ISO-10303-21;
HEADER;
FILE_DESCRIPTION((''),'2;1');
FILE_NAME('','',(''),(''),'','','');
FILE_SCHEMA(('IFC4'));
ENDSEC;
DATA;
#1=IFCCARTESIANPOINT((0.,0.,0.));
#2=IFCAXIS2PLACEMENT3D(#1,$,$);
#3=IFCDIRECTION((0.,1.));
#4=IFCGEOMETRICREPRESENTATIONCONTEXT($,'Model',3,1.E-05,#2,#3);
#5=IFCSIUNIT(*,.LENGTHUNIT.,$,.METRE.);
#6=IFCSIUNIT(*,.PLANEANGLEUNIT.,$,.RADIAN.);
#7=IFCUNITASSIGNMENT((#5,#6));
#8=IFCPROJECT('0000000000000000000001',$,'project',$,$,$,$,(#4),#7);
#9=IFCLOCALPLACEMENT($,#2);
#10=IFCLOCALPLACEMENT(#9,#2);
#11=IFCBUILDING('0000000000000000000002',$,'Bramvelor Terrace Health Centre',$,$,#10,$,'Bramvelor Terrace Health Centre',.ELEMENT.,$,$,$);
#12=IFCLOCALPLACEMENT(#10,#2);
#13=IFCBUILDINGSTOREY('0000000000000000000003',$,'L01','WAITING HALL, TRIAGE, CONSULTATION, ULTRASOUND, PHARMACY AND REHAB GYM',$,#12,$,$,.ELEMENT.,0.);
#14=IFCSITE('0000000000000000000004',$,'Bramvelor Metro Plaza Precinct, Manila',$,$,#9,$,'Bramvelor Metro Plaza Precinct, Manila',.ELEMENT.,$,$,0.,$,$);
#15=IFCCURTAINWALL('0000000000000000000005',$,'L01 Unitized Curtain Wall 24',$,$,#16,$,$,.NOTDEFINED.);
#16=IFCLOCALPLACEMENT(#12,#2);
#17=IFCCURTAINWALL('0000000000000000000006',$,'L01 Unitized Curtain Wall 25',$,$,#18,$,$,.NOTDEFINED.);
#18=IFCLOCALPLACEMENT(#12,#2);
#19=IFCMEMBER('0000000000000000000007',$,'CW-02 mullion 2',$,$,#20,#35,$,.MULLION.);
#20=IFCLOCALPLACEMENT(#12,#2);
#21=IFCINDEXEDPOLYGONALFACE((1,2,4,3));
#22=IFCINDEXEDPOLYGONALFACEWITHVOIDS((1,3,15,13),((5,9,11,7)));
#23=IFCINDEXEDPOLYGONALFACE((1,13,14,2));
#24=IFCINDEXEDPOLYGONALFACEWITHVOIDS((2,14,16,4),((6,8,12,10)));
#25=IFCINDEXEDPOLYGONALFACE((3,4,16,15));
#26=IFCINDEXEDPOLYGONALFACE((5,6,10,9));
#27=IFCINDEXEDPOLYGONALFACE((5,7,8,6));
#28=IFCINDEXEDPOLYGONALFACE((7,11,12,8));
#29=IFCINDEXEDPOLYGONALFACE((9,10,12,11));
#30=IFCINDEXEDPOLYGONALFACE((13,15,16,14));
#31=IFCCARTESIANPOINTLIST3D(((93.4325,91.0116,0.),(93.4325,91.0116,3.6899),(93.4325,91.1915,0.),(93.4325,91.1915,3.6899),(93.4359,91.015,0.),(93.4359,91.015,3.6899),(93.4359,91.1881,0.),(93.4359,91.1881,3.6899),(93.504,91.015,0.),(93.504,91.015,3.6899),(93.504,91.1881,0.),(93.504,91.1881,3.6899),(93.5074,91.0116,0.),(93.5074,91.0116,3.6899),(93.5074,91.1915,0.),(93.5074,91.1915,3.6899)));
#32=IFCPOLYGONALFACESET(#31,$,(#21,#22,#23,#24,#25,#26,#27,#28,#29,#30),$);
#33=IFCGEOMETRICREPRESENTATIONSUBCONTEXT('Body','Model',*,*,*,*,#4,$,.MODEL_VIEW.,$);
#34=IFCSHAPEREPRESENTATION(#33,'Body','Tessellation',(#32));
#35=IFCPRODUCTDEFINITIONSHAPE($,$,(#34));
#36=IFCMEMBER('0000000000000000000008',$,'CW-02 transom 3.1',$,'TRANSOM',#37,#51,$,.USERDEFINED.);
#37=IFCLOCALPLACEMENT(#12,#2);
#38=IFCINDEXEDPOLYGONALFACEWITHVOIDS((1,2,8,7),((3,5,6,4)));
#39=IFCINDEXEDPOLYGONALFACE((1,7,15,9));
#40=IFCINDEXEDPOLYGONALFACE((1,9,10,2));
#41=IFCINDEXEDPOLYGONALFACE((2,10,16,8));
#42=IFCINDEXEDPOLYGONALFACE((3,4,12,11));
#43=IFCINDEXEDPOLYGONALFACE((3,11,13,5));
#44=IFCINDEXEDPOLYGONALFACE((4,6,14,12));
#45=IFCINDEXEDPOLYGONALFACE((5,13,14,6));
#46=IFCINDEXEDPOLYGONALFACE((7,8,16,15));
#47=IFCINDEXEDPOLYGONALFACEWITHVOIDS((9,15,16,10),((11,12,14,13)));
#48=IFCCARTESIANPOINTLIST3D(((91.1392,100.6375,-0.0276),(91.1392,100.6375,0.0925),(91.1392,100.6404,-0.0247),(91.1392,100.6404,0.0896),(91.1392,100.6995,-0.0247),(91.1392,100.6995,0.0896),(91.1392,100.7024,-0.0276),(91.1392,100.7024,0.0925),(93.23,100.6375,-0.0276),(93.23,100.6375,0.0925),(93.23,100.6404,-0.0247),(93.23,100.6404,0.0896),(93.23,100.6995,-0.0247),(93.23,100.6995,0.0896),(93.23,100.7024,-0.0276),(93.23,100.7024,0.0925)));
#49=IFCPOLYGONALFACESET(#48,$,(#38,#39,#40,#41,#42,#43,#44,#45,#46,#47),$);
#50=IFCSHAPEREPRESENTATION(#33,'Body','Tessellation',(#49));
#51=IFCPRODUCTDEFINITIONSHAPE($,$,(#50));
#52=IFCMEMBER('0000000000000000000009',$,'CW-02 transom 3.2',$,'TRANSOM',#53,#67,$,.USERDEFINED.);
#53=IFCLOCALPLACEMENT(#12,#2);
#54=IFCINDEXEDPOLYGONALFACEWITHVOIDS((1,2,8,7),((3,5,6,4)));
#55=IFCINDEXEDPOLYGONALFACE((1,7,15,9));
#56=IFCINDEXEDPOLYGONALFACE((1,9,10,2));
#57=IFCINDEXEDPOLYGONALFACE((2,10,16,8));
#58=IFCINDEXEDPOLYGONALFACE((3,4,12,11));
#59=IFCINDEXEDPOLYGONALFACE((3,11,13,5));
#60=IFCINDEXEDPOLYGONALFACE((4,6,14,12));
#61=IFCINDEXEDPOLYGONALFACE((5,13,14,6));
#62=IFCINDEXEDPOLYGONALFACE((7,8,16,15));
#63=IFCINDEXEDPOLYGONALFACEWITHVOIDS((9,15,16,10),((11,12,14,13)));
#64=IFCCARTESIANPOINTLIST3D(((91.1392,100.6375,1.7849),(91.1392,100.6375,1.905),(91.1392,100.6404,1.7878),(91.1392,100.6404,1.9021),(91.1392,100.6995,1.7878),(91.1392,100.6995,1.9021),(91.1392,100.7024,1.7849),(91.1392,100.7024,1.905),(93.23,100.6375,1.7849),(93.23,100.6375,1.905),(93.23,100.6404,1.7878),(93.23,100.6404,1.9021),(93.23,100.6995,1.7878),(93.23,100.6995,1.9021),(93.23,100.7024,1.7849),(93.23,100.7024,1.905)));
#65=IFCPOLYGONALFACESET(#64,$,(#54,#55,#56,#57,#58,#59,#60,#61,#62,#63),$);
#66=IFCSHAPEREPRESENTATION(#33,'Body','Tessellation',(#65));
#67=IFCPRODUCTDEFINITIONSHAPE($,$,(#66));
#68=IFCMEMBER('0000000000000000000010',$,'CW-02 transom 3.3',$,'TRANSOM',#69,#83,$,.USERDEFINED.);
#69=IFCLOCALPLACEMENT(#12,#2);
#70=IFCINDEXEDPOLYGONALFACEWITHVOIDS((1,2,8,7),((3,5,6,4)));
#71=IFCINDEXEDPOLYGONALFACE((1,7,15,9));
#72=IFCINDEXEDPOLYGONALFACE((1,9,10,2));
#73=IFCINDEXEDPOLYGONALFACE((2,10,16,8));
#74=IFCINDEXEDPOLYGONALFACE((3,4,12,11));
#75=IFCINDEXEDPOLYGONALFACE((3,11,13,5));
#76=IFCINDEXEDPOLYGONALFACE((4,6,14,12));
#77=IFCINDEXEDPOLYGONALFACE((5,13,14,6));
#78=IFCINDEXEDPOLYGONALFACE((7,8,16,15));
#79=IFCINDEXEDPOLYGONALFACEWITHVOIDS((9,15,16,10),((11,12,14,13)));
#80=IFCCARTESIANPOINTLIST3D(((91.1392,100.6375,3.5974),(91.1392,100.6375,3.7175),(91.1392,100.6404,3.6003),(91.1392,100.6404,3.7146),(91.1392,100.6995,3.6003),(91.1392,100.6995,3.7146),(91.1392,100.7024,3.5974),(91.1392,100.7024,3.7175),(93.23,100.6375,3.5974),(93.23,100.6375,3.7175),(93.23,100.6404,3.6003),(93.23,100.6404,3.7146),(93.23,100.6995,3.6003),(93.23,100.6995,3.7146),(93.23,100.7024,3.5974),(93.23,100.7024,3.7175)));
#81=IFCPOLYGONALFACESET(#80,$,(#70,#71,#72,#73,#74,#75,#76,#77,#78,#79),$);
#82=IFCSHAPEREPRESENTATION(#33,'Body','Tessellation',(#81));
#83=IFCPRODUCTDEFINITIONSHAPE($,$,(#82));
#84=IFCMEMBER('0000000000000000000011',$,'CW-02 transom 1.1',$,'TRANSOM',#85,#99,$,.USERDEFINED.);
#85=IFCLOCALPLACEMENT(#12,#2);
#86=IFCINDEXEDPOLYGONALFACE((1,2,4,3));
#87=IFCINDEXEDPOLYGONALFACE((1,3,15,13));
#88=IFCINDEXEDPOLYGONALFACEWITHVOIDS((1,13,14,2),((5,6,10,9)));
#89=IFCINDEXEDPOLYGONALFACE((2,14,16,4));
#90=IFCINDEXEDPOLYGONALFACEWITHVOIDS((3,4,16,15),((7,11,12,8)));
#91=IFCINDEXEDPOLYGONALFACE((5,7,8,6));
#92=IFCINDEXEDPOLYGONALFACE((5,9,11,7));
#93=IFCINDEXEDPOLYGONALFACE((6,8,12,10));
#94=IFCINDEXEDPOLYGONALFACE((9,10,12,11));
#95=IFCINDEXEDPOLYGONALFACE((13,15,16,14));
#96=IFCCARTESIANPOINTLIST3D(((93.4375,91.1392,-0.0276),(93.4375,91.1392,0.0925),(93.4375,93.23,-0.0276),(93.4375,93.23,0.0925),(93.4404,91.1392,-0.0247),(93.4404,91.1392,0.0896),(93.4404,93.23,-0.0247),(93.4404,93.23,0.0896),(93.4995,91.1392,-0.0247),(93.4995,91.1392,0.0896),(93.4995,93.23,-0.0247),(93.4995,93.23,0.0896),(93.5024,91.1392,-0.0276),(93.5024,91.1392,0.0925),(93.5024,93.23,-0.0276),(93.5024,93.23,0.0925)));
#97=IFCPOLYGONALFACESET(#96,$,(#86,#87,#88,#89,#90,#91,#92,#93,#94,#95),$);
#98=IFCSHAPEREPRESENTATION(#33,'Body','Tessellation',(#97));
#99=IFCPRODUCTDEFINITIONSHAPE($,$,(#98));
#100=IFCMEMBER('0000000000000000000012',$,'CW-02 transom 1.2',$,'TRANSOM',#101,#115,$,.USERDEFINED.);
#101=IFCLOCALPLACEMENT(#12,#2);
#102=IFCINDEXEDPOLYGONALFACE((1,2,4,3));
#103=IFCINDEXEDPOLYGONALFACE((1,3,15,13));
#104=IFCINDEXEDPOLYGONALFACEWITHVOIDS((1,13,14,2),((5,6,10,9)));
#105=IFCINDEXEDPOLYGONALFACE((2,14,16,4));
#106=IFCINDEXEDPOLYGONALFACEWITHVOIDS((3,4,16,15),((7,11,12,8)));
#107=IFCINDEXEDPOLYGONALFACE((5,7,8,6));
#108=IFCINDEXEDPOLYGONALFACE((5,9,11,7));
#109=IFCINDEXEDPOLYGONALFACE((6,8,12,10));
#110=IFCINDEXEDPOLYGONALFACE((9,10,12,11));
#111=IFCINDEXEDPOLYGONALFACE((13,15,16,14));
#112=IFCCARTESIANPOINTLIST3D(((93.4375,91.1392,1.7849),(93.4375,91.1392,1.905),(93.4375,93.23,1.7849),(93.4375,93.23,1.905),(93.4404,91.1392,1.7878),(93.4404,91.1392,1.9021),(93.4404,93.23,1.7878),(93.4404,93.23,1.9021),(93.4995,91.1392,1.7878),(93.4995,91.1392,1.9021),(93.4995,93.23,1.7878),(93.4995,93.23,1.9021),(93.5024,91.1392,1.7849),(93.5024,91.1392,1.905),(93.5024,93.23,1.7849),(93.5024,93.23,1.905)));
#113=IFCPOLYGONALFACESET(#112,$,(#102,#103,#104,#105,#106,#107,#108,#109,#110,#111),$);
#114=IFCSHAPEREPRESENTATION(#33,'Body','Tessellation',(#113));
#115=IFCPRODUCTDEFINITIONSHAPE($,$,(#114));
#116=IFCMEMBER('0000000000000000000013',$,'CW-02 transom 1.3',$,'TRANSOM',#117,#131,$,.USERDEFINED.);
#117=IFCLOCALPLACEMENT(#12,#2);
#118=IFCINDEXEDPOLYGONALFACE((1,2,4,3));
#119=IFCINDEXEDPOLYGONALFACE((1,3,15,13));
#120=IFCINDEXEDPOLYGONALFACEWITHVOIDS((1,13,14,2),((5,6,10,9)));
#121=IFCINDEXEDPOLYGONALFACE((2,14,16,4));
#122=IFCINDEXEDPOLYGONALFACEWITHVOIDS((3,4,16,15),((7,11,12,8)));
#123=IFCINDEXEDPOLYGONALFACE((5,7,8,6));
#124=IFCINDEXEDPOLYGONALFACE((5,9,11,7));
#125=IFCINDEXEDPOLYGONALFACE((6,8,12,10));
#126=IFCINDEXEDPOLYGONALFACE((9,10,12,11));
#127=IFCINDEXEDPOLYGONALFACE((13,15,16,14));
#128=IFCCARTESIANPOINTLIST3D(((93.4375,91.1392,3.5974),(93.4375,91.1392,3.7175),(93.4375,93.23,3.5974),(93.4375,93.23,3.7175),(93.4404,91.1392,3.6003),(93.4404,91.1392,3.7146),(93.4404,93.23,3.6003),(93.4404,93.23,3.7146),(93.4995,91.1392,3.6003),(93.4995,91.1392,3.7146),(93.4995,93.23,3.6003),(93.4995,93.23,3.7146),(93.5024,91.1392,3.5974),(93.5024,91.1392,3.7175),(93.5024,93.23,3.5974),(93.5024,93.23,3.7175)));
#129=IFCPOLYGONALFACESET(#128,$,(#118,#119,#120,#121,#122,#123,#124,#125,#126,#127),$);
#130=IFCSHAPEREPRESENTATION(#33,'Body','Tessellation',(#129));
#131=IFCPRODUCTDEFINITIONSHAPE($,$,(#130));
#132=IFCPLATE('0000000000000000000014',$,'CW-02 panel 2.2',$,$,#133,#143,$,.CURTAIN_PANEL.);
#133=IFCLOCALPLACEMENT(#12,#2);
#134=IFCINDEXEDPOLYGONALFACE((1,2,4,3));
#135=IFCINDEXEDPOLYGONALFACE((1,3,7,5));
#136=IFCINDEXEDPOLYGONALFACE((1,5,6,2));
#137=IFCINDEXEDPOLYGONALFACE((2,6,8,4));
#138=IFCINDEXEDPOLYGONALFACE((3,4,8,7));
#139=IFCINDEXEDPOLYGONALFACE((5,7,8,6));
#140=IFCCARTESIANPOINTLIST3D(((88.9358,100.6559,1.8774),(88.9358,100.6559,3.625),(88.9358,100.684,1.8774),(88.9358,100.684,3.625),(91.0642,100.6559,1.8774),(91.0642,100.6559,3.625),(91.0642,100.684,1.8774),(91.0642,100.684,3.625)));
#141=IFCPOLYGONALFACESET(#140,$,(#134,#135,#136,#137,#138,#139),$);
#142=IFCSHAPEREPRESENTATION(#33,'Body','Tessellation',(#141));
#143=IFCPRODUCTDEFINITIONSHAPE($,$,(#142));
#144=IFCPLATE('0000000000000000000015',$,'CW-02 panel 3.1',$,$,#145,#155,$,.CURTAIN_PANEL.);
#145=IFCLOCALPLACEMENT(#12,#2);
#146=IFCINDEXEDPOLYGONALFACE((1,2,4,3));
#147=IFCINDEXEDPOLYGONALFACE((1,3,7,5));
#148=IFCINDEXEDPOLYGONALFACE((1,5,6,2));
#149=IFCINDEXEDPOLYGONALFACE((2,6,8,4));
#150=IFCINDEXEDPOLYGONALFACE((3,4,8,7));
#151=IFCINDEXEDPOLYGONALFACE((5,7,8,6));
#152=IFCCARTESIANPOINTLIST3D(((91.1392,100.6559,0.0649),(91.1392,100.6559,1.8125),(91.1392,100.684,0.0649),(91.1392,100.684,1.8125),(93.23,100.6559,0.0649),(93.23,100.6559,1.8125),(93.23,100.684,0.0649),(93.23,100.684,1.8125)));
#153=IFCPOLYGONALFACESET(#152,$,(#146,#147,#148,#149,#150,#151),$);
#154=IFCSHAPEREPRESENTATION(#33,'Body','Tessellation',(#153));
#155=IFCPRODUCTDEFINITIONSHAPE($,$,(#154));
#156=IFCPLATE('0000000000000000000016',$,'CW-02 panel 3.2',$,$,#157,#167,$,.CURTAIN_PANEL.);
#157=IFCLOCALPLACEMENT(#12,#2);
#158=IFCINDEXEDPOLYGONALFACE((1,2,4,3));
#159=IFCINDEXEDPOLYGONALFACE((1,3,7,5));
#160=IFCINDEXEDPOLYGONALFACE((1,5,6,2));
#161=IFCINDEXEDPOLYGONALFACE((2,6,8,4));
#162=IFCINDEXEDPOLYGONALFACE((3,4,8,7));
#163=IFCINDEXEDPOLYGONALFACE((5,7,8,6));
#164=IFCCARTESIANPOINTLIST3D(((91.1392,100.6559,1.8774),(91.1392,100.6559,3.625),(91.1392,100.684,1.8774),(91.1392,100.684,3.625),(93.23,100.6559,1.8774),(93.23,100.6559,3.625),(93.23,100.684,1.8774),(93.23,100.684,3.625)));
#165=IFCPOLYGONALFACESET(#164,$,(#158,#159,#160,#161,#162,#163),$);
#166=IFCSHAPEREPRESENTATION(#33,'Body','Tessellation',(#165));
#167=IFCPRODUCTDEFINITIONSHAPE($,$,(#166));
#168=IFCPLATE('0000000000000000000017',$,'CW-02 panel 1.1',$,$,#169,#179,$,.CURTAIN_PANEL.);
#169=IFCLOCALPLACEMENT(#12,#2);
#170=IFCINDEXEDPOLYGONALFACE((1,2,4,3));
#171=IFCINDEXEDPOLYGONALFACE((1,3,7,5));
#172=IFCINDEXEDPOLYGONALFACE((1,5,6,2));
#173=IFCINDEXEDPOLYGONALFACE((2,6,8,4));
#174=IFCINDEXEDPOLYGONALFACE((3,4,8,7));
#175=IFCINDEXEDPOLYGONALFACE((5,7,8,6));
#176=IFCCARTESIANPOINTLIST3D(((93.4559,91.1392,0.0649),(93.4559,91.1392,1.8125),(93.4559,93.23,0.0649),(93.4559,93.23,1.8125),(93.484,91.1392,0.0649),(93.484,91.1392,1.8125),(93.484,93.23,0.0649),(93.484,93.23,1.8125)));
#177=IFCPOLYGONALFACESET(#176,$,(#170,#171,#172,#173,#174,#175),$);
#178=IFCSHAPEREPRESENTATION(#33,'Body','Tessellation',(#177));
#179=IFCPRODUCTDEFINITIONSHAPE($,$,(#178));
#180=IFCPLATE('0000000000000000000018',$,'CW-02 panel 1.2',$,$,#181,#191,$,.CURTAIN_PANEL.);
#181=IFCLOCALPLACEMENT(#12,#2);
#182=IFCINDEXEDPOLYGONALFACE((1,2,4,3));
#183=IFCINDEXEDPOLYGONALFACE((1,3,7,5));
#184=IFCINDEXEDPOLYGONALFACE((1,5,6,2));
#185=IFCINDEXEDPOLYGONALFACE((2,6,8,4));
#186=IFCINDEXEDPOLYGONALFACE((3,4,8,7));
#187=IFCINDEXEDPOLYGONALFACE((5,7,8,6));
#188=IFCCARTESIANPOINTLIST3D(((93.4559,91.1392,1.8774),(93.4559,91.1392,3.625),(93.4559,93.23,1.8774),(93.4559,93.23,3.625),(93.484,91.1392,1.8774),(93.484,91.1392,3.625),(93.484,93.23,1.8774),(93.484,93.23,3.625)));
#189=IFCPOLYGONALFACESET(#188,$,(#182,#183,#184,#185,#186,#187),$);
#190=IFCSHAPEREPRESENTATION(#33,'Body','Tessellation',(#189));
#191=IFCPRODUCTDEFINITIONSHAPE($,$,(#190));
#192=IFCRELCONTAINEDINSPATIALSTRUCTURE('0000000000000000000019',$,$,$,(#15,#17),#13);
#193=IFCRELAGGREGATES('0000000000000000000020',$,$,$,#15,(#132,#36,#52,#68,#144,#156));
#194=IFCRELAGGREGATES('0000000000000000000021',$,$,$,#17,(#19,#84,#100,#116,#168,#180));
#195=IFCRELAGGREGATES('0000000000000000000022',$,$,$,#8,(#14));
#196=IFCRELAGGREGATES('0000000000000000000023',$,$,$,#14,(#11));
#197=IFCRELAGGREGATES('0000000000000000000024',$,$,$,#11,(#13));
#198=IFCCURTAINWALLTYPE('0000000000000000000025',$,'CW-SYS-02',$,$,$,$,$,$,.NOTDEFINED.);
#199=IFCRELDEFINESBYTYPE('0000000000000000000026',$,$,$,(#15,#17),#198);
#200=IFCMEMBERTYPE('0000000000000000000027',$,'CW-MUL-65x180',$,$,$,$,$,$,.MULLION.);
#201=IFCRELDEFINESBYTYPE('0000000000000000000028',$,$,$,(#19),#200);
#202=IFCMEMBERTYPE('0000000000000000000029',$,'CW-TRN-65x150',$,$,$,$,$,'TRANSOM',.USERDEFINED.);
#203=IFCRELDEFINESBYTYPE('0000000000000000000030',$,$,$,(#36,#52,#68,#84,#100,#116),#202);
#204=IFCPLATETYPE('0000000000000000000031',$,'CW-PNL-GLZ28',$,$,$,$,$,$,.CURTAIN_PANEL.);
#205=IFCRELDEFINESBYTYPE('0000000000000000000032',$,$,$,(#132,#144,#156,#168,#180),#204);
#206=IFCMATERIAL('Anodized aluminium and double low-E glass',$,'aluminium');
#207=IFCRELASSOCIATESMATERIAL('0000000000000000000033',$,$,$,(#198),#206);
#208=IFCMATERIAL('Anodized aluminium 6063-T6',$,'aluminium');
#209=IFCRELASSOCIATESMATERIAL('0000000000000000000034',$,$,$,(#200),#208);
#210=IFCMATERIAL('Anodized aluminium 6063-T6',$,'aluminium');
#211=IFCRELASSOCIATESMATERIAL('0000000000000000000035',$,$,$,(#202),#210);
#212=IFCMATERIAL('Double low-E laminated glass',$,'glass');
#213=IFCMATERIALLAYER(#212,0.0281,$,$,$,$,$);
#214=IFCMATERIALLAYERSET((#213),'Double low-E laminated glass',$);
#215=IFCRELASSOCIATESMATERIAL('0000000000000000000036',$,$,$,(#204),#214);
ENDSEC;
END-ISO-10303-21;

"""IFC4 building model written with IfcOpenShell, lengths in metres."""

from ifc_helpers import new_model, si_unit, direction, frame, origin, origin_2d, place, context, subcontext, project, spatial, rectangle, hollow_rectangle, extrude, material, layer, layer_set, material_profile, profile_set, type_object, element, aggregate, save


model = new_model("IFC4")

# Units and contexts
model_context = context("Model", 3, precision=1e-05, world=origin(), true_north=direction((0.0, 1.0)))
body_context = subcontext(model_context, "Body", "Model", "MODEL_VIEW")
ifc_project = project(units=[si_unit("LENGTHUNIT", "METRE"), si_unit("PLANEANGLEUNIT", "RADIAN")], contexts=[model_context])

# Site, building, storey
site_placement = place(None, origin())
site = spatial("IfcSite", under=ifc_project, at=site_placement, Name="Bramvelor Metro Plaza Precinct, Manila", LongName="Bramvelor Metro Plaza Precinct, Manila", CompositionType="ELEMENT", RefElevation=0.0)
building_placement = place(site_placement, origin())
building = spatial("IfcBuilding", under=site, at=building_placement, Name="Bramvelor Terrace Health Centre", LongName="Bramvelor Terrace Health Centre", CompositionType="ELEMENT")
storey_placement = place(building_placement, origin())
storey = spatial("IfcBuildingStorey", under=building, at=storey_placement, Name="L01", Description="WAITING HALL, TRIAGE, CONSULTATION, ULTRASOUND, PHARMACY AND REHAB GYM", CompositionType="ELEMENT", Elevation=0.0)

# Curtain walls, member
ifc_material_1 = material(Name="Anodized aluminium and double low-E glass", Category="aluminium")
curtain_wall_type = type_object("IfcCurtainWallType", Name="CW-SYS-02", PredefinedType="NOTDEFINED", material=ifc_material_1)
curtain_wall_1_placement = place(storey_placement, origin())
curtain_wall_1 = element("IfcCurtainWall", 1, at=curtain_wall_1_placement, inside=storey, type_object=curtain_wall_type, Name="L01 Unitized Curtain Wall 24", PredefinedType="NOTDEFINED")
ifc_material_2 = material(Name="Anodized aluminium 6063-T6", Category="aluminium")
ifc_material_profile_1 = material_profile(ifc_material_2, hollow_rectangle(XDim=0.075, YDim=0.1799, WallThickness=0.0034, at=origin_2d()), Name="ALU-MUL 75x180x3.5")
ifc_profile_set_1 = profile_set([ifc_material_profile_1], Name="Anodized aluminium 6063-T6")
member_type_1 = type_object("IfcMemberType", Name="CW-MUL-65x180", PredefinedType="MULLION", material=ifc_profile_set_1)
curtain_wall_2_placement = place(storey_placement, origin())
curtain_wall_2 = element("IfcCurtainWall", 2, at=curtain_wall_2_placement, inside=storey, type_object=curtain_wall_type, Name="L01 Unitized Curtain Wall 25", PredefinedType="NOTDEFINED")
member_1_placement = place(storey_placement, frame((93.47, 91.1016, 0.0), z_axis=(0.0, 0.0, 1.0), x_axis=(1.0, 0.0, 0.0)))
member_1 = element("IfcMember", 3, at=member_1_placement, type_object=member_type_1, Name="CW-02 mullion 2", PredefinedType="MULLION", context=body_context, shape_type="SweptSolid", body=[
    extrude(hollow_rectangle(XDim=0.075, YDim=0.1799, WallThickness=0.0034, at=origin_2d()), origin(), (0.0, 0.0, 1.0), 3.6899),
])

# Members
ifc_material_3 = material(Name="Anodized aluminium 6063-T6", Category="aluminium")
ifc_material_profile_2 = material_profile(ifc_material_3, hollow_rectangle(XDim=0.0649, YDim=0.1201, WallThickness=0.0029, at=origin_2d()), Name="ALU-TRN 65x120x3.0")
ifc_profile_set_2 = profile_set([ifc_material_profile_2], Name="Anodized aluminium 6063-T6")
member_type_2 = type_object("IfcMemberType", Name="CW-TRN-65x150", ElementType="TRANSOM", PredefinedType="USERDEFINED", material=ifc_profile_set_2)
member_2_placement = place(storey_placement, frame((91.1392, 100.6699, 0.0325), z_axis=(1.0, 0.0, 0.0), x_axis=(0.0, 1.0, 0.0)))
member_2 = element("IfcMember", 4, at=member_2_placement, type_object=member_type_2, Name="CW-02 transom 3.1", ObjectType="TRANSOM", PredefinedType="USERDEFINED", context=body_context, shape_type="SweptSolid", body=[
    extrude(hollow_rectangle(XDim=0.0649, YDim=0.1201, WallThickness=0.0029, at=origin_2d()), origin(), (0.0, 0.0, 1.0), 2.0908),
])
member_3_placement = place(storey_placement, frame((91.1392, 100.6699, 1.845), z_axis=(1.0, 0.0, 0.0), x_axis=(0.0, 1.0, 0.0)))
member_3 = element("IfcMember", 5, at=member_3_placement, type_object=member_type_2, Name="CW-02 transom 3.2", ObjectType="TRANSOM", PredefinedType="USERDEFINED", context=body_context, shape_type="SweptSolid", body=[
    extrude(hollow_rectangle(XDim=0.0649, YDim=0.1201, WallThickness=0.0029, at=origin_2d()), origin(), (0.0, 0.0, 1.0), 2.0908),
])
member_4_placement = place(storey_placement, frame((91.1392, 100.6699, 3.6575), z_axis=(1.0, 0.0, 0.0), x_axis=(0.0, 1.0, 0.0)))
member_4 = element("IfcMember", 6, at=member_4_placement, type_object=member_type_2, Name="CW-02 transom 3.3", ObjectType="TRANSOM", PredefinedType="USERDEFINED", context=body_context, shape_type="SweptSolid", body=[
    extrude(hollow_rectangle(XDim=0.0649, YDim=0.1201, WallThickness=0.0029, at=origin_2d()), origin(), (0.0, 0.0, 1.0), 2.0908),
])
member_5_placement = place(storey_placement, frame((93.47, 93.23, 0.0325), z_axis=(0.0, -1.0, 0.0), x_axis=(1.0, 0.0, 0.0)))
member_5 = element("IfcMember", 7, at=member_5_placement, type_object=member_type_2, Name="CW-02 transom 1.1", ObjectType="TRANSOM", PredefinedType="USERDEFINED", context=body_context, shape_type="SweptSolid", body=[
    extrude(hollow_rectangle(XDim=0.0649, YDim=0.1201, WallThickness=0.0029, at=origin_2d()), origin(), (0.0, 0.0, 1.0), 2.0908),
])
member_6_placement = place(storey_placement, frame((93.47, 93.23, 1.845), z_axis=(0.0, -1.0, 0.0), x_axis=(1.0, 0.0, 0.0)))
member_6 = element("IfcMember", 8, at=member_6_placement, type_object=member_type_2, Name="CW-02 transom 1.2", ObjectType="TRANSOM", PredefinedType="USERDEFINED", context=body_context, shape_type="SweptSolid", body=[
    extrude(hollow_rectangle(XDim=0.0649, YDim=0.1201, WallThickness=0.0029, at=origin_2d()), origin(), (0.0, 0.0, 1.0), 2.0908),
])
member_7_placement = place(storey_placement, frame((93.47, 93.23, 3.6575), z_axis=(0.0, -1.0, 0.0), x_axis=(1.0, 0.0, 0.0)))
member_7 = element("IfcMember", 9, at=member_7_placement, type_object=member_type_2, Name="CW-02 transom 1.3", ObjectType="TRANSOM", PredefinedType="USERDEFINED", context=body_context, shape_type="SweptSolid", body=[
    extrude(hollow_rectangle(XDim=0.0649, YDim=0.1201, WallThickness=0.0029, at=origin_2d()), origin(), (0.0, 0.0, 1.0), 2.0908),
])

# Plates
ifc_material_4 = material(Name="Double low-E laminated glass", Category="glass")
ifc_layer_1 = layer(ifc_material_4, 0.0281)
ifc_layer_set_1 = layer_set([ifc_layer_1], Name="Double low-E laminated glass")
plate_type = type_object("IfcPlateType", Name="CW-PNL-GLZ28", PredefinedType="CURTAIN_PANEL", material=ifc_layer_set_1)
plate_1_placement = place(storey_placement, frame((90.0, 100.6699, 1.8774), z_axis=(0.0, 0.0, 1.0), x_axis=(1.0, 0.0, 0.0)))
plate_1 = element("IfcPlate", 10, at=plate_1_placement, type_object=plate_type, Name="CW-02 panel 2.2", PredefinedType="CURTAIN_PANEL", context=body_context, shape_type="SweptSolid", body=[
    extrude(rectangle(XDim=2.1284, YDim=0.0281, at=origin_2d()), origin(), (0.0, 0.0, 1.0), 1.7476),
])
plate_2_placement = place(storey_placement, frame((92.1846, 100.6699, 0.0649), z_axis=(0.0, 0.0, 1.0), x_axis=(1.0, 0.0, 0.0)))
plate_2 = element("IfcPlate", 11, at=plate_2_placement, type_object=plate_type, Name="CW-02 panel 3.1", PredefinedType="CURTAIN_PANEL", context=body_context, shape_type="SweptSolid", body=[
    extrude(rectangle(XDim=2.0908, YDim=0.0281, at=origin_2d()), origin(), (0.0, 0.0, 1.0), 1.7476),
])
plate_3_placement = place(storey_placement, frame((92.1846, 100.6699, 1.8774), z_axis=(0.0, 0.0, 1.0), x_axis=(1.0, 0.0, 0.0)))
plate_3 = element("IfcPlate", 12, at=plate_3_placement, type_object=plate_type, Name="CW-02 panel 3.2", PredefinedType="CURTAIN_PANEL", context=body_context, shape_type="SweptSolid", body=[
    extrude(rectangle(XDim=2.0908, YDim=0.0281, at=origin_2d()), origin(), (0.0, 0.0, 1.0), 1.7476),
])
aggregate(curtain_wall_1, [plate_1, member_2, member_3, member_4, plate_2, plate_3])
plate_4_placement = place(storey_placement, frame((93.47, 92.1846, 0.0649), z_axis=(0.0, 0.0, 1.0), x_axis=(0.0, -1.0, 0.0)))
plate_4 = element("IfcPlate", 13, at=plate_4_placement, type_object=plate_type, Name="CW-02 panel 1.1", PredefinedType="CURTAIN_PANEL", context=body_context, shape_type="SweptSolid", body=[
    extrude(rectangle(XDim=2.0908, YDim=0.0281, at=origin_2d()), origin(), (0.0, 0.0, 1.0), 1.7476),
])
plate_5_placement = place(storey_placement, frame((93.47, 92.1846, 1.8774), z_axis=(0.0, 0.0, 1.0), x_axis=(0.0, -1.0, 0.0)))
plate_5 = element("IfcPlate", 14, at=plate_5_placement, type_object=plate_type, Name="CW-02 panel 1.2", PredefinedType="CURTAIN_PANEL", context=body_context, shape_type="SweptSolid", body=[
    extrude(rectangle(XDim=2.0908, YDim=0.0281, at=origin_2d()), origin(), (0.0, 0.0, 1.0), 1.7476),
])
aggregate(curtain_wall_2, [member_1, member_5, member_6, member_7, plate_4, plate_5])

save(model, "model.ifc")
